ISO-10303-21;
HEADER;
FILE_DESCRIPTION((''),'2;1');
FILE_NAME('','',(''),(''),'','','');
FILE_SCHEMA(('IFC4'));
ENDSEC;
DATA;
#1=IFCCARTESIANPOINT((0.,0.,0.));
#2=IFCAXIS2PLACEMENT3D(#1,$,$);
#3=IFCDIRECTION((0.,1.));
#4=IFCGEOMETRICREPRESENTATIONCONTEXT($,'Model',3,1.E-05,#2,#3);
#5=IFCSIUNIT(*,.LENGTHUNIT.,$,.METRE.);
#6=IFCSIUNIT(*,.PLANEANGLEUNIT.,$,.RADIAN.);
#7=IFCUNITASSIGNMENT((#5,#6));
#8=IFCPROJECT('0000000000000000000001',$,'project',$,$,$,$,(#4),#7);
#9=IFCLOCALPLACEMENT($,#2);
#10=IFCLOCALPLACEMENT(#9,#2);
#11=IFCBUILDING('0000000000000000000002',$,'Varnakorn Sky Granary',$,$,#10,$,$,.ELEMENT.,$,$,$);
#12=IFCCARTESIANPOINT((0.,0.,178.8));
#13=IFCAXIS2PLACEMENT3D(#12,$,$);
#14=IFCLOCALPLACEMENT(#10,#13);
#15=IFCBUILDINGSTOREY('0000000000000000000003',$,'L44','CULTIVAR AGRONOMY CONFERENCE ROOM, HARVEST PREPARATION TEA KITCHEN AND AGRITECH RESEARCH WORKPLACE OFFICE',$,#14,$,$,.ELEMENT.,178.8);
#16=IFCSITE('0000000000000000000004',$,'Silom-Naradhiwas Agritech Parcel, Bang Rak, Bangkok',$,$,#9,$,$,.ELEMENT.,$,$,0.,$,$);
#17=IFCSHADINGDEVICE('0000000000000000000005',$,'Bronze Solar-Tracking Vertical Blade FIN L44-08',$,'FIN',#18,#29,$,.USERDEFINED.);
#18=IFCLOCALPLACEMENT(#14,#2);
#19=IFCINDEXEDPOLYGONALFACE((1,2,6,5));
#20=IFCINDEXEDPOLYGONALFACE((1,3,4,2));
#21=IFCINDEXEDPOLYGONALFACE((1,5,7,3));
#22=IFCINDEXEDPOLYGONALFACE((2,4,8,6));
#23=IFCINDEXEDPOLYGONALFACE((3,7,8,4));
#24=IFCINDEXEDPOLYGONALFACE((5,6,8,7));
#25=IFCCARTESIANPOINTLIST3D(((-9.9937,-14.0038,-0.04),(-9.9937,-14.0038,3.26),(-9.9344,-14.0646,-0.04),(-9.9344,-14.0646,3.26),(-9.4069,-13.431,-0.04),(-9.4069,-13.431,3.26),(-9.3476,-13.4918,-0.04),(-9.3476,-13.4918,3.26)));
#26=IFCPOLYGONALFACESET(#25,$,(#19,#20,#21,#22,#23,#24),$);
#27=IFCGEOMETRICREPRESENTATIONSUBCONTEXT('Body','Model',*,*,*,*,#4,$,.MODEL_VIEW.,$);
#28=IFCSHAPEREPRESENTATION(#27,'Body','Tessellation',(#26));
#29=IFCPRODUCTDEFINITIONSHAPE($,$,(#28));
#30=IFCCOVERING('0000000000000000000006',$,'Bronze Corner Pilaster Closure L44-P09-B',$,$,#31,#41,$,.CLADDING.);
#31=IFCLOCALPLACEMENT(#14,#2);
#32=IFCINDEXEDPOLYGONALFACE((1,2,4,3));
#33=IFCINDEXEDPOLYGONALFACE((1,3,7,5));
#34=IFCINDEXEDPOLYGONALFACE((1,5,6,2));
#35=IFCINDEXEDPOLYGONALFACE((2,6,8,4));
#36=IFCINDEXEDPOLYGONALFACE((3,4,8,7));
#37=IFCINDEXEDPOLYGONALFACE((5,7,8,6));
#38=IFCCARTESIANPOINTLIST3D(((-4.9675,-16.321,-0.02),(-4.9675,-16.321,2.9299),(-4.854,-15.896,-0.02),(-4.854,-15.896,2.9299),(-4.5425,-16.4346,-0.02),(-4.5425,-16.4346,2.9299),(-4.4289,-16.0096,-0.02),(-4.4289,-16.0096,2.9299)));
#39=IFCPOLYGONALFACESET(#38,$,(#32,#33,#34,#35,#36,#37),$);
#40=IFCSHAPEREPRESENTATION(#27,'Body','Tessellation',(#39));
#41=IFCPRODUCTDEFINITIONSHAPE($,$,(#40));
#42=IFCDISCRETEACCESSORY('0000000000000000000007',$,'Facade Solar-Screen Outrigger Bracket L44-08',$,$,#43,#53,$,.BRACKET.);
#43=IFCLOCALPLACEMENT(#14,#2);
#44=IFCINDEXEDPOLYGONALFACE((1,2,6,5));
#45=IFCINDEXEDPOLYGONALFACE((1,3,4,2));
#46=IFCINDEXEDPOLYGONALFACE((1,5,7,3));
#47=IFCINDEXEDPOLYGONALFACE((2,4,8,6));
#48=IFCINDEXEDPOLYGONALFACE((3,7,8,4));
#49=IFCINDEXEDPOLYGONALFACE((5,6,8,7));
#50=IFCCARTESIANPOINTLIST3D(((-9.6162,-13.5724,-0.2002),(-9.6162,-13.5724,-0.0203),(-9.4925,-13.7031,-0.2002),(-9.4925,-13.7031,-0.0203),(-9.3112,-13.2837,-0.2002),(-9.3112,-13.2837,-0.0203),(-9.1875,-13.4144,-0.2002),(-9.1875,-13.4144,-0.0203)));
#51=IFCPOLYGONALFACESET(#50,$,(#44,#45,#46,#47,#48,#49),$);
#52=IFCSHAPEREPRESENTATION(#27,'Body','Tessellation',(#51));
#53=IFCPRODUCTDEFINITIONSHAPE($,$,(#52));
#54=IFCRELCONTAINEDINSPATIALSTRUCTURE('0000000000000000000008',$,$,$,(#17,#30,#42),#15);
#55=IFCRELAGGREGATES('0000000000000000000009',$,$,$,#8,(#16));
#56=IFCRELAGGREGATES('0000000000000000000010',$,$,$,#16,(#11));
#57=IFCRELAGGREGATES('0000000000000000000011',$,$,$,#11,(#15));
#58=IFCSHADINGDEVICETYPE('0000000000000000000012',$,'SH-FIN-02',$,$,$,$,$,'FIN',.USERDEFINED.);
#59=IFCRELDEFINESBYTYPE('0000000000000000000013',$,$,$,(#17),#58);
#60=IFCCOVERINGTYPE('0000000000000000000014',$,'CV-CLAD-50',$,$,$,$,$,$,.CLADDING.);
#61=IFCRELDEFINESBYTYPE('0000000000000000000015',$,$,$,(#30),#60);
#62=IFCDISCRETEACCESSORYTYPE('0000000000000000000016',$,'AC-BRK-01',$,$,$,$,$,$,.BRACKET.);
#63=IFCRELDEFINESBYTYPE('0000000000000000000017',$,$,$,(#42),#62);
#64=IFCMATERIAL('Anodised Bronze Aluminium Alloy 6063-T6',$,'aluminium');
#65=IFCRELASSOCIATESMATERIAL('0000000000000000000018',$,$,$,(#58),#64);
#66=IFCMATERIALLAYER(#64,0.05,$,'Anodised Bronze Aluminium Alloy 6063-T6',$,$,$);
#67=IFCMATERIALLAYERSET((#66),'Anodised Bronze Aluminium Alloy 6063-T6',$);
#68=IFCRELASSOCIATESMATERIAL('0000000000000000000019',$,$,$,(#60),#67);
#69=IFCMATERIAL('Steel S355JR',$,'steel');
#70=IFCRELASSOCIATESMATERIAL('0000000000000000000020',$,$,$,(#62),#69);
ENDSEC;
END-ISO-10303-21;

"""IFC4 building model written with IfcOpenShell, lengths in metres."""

from ifc_helpers import new_model, si_unit, direction, frame, origin, origin_2d, place, context, subcontext, project, spatial, rectangle, extrude, source, transform, mapped, material, layer, layer_set, type_object, type_shapes, element, save


model = new_model("IFC4")

# Units and contexts
model_context = context("Model", 3, precision=1e-05, world=origin(), true_north=direction((0.0, 1.0)))
body_context = subcontext(model_context, "Body", "Model", "MODEL_VIEW")
ifc_project = project(units=[si_unit("LENGTHUNIT", "METRE"), si_unit("PLANEANGLEUNIT", "RADIAN")], contexts=[model_context])

# Site, building, storey
site_placement = place(None, origin())
site = spatial("IfcSite", under=ifc_project, at=site_placement, Name="Silom-Naradhiwas Agritech Parcel, Bang Rak, Bangkok", CompositionType="ELEMENT", RefElevation=0.0)
building_placement = place(site_placement, origin())
building = spatial("IfcBuilding", under=site, at=building_placement, Name="Varnakorn Sky Granary", CompositionType="ELEMENT")
storey_placement = place(building_placement, frame((0.0, 0.0, 178.8)))
storey = spatial("IfcBuildingStorey", under=building, at=storey_placement, Name="L44", Description="CULTIVAR AGRONOMY CONFERENCE ROOM, HARVEST PREPARATION TEA KITCHEN AND AGRITECH RESEARCH WORKPLACE OFFICE", CompositionType="ELEMENT", Elevation=178.8)

# Shared definitions
ifc_material_1 = material(Name="Steel S355JR", Category="steel")

# Shared definitions
ifc_material_2 = material(Name="Anodised Bronze Aluminium Alloy 6063-T6", Category="aluminium")

# Shading device
shading_device_type = type_object("IfcShadingDeviceType", Name="SH-FIN-02", ElementType="FIN", PredefinedType="USERDEFINED", material=ifc_material_2)
shared_shape_1 = source(origin(), body_context, "Body", "SweptSolid", [
    extrude(rectangle(XDim=0.085, YDim=0.8201, at=origin_2d()), origin(), (0.0, 0.0, 1.0), 3.3),
])
type_shapes(shading_device_type, [shared_shape_1])
shading_device_placement = place(storey_placement, frame((-9.6707, -13.7478, -0.04), z_axis=(0.0, 0.0, 1.0), x_axis=(0.698518, -0.715592, 0.0)))
element("IfcShadingDevice", 1, at=shading_device_placement, inside=storey, type_object=shading_device_type, Name="Bronze Solar-Tracking Vertical Blade FIN L44-08", ObjectType="FIN", PredefinedType="USERDEFINED", context=body_context, shape_type="MappedRepresentation", body=[
    mapped(shared_shape_1, transform((0.0, 0.0, 0.0), x_axis=(1.0, 0.0, 0.0), y_axis=(0.0, 1.0, 0.0), z_axis=(0.0, 0.0, 1.0), scale=1.0)),
])

# Covering
ifc_layer_1 = layer(ifc_material_2, 0.05, Name="Anodised Bronze Aluminium Alloy 6063-T6")
ifc_layer_set_1 = layer_set([ifc_layer_1], Name="Anodised Bronze Aluminium Alloy 6063-T6")
covering_type = type_object("IfcCoveringType", Name="CV-CLAD-50", PredefinedType="CLADDING", material=ifc_layer_set_1)
shared_shape_2 = source(origin(), body_context, "Body", "SweptSolid", [
    extrude(rectangle(XDim=0.4399, YDim=0.4399, at=origin_2d()), origin(), (0.0, 0.0, 1.0), 2.95),
])
type_shapes(covering_type, [shared_shape_2])
covering_placement = place(storey_placement, frame((-4.6982, -16.1653, -0.02), z_axis=(0.0, 0.0, 1.0), x_axis=(-0.966106, 0.258145, 0.0)))
element("IfcCovering", 2, at=covering_placement, inside=storey, type_object=covering_type, Name="Bronze Corner Pilaster Closure L44-P09-B", PredefinedType="CLADDING", context=body_context, shape_type="MappedRepresentation", body=[
    mapped(shared_shape_2, transform((0.0, 0.0, 0.0), x_axis=(1.0, 0.0, 0.0), y_axis=(0.0, 1.0, 0.0), z_axis=(0.0, 0.0, 1.0), scale=1.0)),
])

# Discrete accessory
discrete_accessory_type = type_object("IfcDiscreteAccessoryType", Name="AC-BRK-01", PredefinedType="BRACKET", material=ifc_material_1)
shared_shape_3 = source(origin(), body_context, "Body", "SweptSolid", [
    extrude(rectangle(XDim=0.1799, YDim=0.4199, at=origin_2d()), origin(), (0.0, 0.0, 1.0), 0.1799),
])
type_shapes(discrete_accessory_type, [shared_shape_3])
discrete_accessory_placement = place(storey_placement, frame((-9.4019, -13.4934, -0.2002), z_axis=(0.0, 0.0, 1.0), x_axis=(0.687521, -0.726165, 0.0)))
element("IfcDiscreteAccessory", 3, at=discrete_accessory_placement, inside=storey, type_object=discrete_accessory_type, Name="Facade Solar-Screen Outrigger Bracket L44-08", PredefinedType="BRACKET", context=body_context, shape_type="MappedRepresentation", body=[
    mapped(shared_shape_3, transform((0.0, 0.0, 0.0), x_axis=(1.0, 0.0, 0.0), y_axis=(0.0, 1.0, 0.0), z_axis=(0.0, 0.0, 1.0), scale=1.0)),
])

save(model, "model.ifc")
